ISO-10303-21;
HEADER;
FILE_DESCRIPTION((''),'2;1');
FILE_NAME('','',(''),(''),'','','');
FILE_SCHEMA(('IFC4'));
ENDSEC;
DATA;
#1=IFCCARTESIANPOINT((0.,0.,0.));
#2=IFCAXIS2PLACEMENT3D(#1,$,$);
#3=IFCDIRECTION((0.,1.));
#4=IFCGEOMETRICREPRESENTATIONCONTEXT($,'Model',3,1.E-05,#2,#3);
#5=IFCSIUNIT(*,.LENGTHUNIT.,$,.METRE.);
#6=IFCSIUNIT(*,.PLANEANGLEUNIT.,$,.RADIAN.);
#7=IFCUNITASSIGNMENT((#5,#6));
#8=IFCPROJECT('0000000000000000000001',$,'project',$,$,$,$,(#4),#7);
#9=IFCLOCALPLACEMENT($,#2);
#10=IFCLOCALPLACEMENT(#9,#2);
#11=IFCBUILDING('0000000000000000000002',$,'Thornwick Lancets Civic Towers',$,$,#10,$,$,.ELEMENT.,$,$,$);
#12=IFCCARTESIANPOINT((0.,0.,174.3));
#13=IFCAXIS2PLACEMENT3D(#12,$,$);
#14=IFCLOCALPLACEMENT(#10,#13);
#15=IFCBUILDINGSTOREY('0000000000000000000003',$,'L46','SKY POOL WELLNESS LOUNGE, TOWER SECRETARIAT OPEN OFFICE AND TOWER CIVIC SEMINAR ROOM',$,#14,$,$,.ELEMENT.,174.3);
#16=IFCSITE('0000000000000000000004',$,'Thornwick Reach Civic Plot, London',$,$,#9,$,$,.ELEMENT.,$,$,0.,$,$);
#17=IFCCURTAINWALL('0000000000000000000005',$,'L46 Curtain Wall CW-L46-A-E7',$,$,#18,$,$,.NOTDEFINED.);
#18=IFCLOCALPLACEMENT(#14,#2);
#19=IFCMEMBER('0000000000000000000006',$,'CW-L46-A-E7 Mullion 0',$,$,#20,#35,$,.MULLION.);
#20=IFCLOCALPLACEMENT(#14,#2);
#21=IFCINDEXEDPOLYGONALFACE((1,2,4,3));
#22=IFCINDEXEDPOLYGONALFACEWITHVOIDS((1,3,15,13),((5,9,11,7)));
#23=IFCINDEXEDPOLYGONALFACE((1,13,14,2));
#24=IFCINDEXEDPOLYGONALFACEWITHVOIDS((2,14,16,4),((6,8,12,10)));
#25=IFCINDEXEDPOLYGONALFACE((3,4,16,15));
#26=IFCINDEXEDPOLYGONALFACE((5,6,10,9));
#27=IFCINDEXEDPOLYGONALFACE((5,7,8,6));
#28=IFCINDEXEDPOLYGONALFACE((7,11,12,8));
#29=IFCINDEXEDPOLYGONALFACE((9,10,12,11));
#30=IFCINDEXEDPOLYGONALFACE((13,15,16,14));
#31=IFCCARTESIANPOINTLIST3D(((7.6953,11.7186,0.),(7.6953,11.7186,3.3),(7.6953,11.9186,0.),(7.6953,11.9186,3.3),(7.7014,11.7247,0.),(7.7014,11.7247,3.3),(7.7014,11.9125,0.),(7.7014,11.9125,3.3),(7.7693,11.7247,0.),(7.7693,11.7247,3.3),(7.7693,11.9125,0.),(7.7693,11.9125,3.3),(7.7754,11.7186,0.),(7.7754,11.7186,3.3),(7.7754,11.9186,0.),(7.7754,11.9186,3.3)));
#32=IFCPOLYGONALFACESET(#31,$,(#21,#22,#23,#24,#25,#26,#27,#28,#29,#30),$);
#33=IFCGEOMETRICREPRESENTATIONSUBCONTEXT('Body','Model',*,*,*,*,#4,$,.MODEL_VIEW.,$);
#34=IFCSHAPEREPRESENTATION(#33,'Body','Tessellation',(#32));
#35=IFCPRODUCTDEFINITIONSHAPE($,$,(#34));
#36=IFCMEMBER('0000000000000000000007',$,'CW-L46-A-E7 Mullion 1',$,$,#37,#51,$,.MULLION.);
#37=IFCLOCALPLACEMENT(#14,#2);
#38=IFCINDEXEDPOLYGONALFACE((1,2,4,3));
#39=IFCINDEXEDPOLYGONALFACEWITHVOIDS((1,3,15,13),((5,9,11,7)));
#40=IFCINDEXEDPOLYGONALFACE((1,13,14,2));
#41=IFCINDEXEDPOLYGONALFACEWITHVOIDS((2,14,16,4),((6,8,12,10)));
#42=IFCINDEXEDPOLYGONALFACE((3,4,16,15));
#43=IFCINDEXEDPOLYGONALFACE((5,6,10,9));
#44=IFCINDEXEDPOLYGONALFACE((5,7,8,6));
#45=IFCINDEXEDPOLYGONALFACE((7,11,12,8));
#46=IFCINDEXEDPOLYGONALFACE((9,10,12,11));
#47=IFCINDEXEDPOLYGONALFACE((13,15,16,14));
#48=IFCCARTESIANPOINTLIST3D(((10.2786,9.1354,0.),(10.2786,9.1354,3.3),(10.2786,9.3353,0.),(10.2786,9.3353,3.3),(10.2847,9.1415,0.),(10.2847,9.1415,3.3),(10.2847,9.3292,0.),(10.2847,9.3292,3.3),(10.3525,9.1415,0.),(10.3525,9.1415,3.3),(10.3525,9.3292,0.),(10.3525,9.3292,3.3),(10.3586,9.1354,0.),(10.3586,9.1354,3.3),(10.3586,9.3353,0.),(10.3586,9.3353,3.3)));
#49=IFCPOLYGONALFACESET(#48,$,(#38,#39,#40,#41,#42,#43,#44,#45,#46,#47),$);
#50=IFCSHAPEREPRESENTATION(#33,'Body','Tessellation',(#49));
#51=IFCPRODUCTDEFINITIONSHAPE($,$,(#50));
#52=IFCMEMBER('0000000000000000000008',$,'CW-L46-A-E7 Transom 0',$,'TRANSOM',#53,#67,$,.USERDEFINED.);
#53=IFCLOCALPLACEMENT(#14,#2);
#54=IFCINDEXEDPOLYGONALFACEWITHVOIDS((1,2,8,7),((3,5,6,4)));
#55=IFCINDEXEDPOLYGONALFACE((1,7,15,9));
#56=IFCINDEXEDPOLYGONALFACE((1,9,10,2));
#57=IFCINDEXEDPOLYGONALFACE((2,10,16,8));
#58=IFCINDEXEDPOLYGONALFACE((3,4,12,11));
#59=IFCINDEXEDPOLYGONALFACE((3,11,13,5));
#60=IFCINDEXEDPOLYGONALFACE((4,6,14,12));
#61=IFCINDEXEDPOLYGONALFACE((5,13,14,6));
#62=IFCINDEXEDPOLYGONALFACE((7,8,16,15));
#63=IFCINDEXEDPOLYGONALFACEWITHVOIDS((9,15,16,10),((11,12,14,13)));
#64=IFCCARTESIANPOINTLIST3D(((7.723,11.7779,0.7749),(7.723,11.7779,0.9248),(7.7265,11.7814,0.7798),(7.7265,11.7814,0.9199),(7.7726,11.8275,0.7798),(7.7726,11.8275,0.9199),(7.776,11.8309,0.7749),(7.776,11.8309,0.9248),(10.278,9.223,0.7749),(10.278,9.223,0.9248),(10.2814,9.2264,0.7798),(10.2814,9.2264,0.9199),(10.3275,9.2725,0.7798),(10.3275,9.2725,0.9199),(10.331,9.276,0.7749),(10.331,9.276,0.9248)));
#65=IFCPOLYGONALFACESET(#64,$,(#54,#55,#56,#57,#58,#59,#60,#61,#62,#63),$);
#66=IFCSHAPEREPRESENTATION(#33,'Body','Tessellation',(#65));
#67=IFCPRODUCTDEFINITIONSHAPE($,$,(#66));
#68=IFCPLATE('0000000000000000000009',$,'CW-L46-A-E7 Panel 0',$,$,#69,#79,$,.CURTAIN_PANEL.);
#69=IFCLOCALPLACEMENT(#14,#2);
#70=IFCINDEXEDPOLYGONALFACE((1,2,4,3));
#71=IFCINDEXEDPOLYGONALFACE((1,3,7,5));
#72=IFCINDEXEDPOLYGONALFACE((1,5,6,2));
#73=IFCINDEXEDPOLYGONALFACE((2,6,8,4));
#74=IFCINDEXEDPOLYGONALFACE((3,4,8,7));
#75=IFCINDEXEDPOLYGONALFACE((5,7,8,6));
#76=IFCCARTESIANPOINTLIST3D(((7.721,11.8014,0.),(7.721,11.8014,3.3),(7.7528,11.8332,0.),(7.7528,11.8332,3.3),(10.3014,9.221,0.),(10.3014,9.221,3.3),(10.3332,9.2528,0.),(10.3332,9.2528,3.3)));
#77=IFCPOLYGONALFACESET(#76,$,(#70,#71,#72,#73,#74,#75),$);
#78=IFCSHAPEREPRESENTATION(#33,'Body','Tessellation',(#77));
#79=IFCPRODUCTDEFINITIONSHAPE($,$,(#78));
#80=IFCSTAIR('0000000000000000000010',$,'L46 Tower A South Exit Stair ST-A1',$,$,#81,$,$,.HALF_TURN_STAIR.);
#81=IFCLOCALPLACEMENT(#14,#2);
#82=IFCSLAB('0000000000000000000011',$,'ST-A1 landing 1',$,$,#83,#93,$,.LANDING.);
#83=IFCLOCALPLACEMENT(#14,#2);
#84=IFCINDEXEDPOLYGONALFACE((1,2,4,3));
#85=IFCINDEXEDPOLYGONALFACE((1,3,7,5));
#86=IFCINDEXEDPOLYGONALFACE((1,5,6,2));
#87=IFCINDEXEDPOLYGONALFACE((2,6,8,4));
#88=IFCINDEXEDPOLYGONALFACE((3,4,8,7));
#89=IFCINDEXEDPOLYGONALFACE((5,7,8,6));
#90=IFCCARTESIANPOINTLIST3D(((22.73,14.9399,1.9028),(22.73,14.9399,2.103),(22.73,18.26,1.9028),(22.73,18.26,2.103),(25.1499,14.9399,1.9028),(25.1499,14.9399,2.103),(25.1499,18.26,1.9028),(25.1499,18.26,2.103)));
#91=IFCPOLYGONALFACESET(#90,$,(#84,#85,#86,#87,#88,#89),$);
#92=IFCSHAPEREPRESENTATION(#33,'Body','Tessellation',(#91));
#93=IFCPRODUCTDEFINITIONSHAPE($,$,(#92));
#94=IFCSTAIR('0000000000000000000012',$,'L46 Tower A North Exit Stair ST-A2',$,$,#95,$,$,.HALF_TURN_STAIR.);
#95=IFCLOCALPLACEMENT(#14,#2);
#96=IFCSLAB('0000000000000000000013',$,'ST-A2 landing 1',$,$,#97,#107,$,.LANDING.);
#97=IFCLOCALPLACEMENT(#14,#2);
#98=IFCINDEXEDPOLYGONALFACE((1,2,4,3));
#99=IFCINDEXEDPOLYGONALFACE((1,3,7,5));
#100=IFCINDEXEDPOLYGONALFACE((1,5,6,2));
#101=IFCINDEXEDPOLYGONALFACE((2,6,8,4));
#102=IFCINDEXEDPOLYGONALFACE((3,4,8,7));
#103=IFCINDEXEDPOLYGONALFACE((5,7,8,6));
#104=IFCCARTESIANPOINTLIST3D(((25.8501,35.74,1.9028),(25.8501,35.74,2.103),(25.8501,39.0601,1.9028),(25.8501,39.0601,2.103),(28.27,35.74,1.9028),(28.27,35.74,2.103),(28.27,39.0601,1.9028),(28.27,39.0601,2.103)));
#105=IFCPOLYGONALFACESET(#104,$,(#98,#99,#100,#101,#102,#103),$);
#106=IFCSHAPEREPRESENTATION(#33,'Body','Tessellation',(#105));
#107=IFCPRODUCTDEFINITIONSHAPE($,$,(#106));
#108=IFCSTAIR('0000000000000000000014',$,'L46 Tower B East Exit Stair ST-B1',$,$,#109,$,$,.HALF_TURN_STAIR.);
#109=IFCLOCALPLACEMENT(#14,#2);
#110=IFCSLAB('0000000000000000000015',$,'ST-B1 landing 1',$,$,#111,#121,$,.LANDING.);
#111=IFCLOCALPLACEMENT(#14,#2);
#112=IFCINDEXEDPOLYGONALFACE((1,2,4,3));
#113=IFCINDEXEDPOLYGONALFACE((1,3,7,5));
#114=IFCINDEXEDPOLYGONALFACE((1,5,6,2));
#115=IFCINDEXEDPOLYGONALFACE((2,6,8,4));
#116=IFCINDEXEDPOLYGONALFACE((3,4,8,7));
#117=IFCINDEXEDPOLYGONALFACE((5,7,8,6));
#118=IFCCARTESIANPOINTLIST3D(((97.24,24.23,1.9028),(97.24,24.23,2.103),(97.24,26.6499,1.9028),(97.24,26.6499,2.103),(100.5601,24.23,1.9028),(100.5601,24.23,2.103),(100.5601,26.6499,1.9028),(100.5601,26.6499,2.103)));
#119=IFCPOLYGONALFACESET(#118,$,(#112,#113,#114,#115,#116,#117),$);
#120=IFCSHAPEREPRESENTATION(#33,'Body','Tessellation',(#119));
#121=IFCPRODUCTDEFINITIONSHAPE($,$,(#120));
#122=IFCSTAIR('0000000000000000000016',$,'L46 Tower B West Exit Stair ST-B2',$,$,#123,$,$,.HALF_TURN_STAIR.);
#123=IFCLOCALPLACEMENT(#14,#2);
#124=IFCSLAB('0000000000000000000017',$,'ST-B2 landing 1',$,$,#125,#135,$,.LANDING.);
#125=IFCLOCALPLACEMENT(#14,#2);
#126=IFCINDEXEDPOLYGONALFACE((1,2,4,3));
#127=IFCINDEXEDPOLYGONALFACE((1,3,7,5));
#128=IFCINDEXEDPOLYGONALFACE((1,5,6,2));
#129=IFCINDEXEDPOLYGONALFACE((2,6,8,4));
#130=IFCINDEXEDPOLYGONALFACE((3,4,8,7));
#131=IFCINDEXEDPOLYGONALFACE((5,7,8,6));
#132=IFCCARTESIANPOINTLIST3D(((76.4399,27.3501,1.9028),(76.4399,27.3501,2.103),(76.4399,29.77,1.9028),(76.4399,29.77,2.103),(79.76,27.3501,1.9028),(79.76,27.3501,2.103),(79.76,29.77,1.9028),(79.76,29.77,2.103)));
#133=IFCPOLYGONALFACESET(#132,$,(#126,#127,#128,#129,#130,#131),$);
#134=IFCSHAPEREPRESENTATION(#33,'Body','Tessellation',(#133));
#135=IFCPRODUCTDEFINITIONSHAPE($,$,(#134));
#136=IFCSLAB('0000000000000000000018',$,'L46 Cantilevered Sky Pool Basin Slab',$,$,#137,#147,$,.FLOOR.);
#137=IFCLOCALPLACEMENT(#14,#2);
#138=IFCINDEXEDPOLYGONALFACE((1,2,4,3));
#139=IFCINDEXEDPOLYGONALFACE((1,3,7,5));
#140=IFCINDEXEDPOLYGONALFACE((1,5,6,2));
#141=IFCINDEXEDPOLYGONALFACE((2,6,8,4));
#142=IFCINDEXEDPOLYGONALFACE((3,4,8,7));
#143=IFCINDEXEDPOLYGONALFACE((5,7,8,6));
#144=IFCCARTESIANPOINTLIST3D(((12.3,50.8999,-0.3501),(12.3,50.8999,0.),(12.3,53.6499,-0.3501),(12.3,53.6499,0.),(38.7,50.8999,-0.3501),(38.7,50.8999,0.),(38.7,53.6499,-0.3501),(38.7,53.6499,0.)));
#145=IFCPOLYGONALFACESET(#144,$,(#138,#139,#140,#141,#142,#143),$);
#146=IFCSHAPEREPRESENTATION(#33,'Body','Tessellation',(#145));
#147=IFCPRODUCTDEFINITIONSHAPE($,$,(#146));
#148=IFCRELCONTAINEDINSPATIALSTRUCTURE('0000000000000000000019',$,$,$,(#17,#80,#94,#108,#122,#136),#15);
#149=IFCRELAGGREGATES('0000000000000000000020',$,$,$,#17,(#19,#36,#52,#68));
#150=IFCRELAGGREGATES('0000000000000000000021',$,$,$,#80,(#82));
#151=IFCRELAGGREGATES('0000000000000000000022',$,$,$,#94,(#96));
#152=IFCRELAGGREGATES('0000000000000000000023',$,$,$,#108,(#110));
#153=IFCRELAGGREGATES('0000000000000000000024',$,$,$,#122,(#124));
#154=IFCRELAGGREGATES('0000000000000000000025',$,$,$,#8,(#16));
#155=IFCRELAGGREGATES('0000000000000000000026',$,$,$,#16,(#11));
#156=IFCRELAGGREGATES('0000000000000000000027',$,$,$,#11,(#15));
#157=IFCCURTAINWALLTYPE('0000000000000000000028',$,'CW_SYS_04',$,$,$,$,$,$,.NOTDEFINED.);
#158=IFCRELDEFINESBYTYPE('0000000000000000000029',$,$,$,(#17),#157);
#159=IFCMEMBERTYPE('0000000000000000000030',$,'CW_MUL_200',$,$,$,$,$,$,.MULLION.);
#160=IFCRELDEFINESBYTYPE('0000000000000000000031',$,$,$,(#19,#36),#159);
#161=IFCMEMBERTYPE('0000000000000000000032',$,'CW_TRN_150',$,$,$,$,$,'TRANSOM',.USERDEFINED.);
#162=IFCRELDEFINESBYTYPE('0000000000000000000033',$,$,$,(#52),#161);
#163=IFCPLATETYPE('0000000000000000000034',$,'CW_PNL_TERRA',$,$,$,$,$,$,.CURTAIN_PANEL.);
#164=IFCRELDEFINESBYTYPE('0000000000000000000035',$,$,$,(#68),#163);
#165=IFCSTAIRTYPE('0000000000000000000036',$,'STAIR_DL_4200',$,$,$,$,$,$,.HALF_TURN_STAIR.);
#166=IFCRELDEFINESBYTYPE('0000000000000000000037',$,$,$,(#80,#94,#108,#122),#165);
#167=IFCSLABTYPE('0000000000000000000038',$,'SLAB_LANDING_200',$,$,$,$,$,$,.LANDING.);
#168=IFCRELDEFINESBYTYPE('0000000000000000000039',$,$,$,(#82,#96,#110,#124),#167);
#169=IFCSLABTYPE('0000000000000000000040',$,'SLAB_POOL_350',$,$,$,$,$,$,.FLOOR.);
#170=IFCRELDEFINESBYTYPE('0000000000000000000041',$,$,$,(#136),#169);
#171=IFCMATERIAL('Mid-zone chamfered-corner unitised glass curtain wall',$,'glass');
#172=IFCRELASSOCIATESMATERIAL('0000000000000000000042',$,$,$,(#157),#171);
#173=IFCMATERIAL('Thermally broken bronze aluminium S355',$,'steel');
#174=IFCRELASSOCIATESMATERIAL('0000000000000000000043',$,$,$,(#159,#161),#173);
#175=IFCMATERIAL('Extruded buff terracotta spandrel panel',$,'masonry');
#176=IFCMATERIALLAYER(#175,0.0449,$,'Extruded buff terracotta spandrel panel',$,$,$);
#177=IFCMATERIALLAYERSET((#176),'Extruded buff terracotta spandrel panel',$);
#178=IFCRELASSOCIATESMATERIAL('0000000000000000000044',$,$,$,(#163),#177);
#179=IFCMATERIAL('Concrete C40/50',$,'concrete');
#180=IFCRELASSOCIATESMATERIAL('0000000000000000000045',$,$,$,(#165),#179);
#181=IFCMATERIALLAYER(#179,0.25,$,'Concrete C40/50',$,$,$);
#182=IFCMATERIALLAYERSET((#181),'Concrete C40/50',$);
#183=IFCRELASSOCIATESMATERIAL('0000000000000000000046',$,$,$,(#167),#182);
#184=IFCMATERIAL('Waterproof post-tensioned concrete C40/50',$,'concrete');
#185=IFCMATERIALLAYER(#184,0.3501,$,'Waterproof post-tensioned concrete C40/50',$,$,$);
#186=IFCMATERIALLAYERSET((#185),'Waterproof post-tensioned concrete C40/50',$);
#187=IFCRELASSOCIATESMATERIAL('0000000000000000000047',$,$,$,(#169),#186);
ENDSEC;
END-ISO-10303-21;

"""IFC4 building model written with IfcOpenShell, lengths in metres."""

from ifc_helpers import new_model, si_unit, direction, frame, origin, origin_2d, place, context, subcontext, project, spatial, polyline, rectangle, hollow_rectangle, outline, extrude, material, layer, layer_set, material_profile, profile_set, type_object, element, aggregate, save


model = new_model("IFC4")

# Units and contexts
model_context = context("Model", 3, precision=1e-05, world=origin(), true_north=direction((0.0, 1.0)))
body_context = subcontext(model_context, "Body", "Model", "MODEL_VIEW")
ifc_project = project(units=[si_unit("LENGTHUNIT", "METRE"), si_unit("PLANEANGLEUNIT", "RADIAN")], contexts=[model_context])

# Site, building, storey
site_placement = place(None, origin())
site = spatial("IfcSite", under=ifc_project, at=site_placement, Name="Thornwick Reach Civic Plot, London", CompositionType="ELEMENT", RefElevation=0.0)
building_placement = place(site_placement, origin())
building = spatial("IfcBuilding", under=site, at=building_placement, Name="Thornwick Lancets Civic Towers", CompositionType="ELEMENT")
storey_placement = place(building_placement, frame((0.0, 0.0, 174.3)))
storey = spatial("IfcBuildingStorey", under=building, at=storey_placement, Name="L46", Description="SKY POOL WELLNESS LOUNGE, TOWER SECRETARIAT OPEN OFFICE AND TOWER CIVIC SEMINAR ROOM", CompositionType="ELEMENT", Elevation=174.3)

# Curtain wall, members, plate
ifc_material_1 = material(Name="Mid-zone chamfered-corner unitised glass curtain wall", Category="glass")
curtain_wall_type = type_object("IfcCurtainWallType", Name="CW_SYS_04", PredefinedType="NOTDEFINED", material=ifc_material_1)
curtain_wall_placement = place(storey_placement, origin())
curtain_wall = element("IfcCurtainWall", 1, at=curtain_wall_placement, inside=storey, type_object=curtain_wall_type, Name="L46 Curtain Wall CW-L46-A-E7", PredefinedType="NOTDEFINED")
ifc_material_2 = material(Name="Thermally broken bronze aluminium S355", Category="steel")
ifc_material_profile_1 = material_profile(ifc_material_2, hollow_rectangle(XDim=0.0801, YDim=0.2, WallThickness=0.0061, at=origin_2d()), Name="RHS 200x80x6")
ifc_profile_set_1 = profile_set([ifc_material_profile_1], Name="Thermally broken bronze aluminium S355")
member_type_1 = type_object("IfcMemberType", Name="CW_MUL_200", PredefinedType="MULLION", material=ifc_profile_set_1)
member_1_placement = place(storey_placement, frame((7.7354, 11.8186, 0.0), z_axis=(0.0, 0.0, 1.0), x_axis=(1.0, 0.0, 0.0)))
member_1 = element("IfcMember", 2, at=member_1_placement, type_object=member_type_1, Name="CW-L46-A-E7 Mullion 0", PredefinedType="MULLION", context=body_context, shape_type="SweptSolid", body=[
    extrude(hollow_rectangle(XDim=0.0801, YDim=0.2, WallThickness=0.0061, at=origin_2d()), origin(), (0.0, 0.0, 1.0), 3.3),
])
member_2_placement = place(storey_placement, frame((10.3186, 9.2354, 0.0), z_axis=(0.0, 0.0, 1.0), x_axis=(1.0, 0.0, 0.0)))
member_2 = element("IfcMember", 3, at=member_2_placement, type_object=member_type_1, Name="CW-L46-A-E7 Mullion 1", PredefinedType="MULLION", context=body_context, shape_type="SweptSolid", body=[
    extrude(hollow_rectangle(XDim=0.0801, YDim=0.2, WallThickness=0.0061, at=origin_2d()), origin(), (0.0, 0.0, 1.0), 3.3),
])
ifc_material_profile_2 = material_profile(ifc_material_2, hollow_rectangle(XDim=0.075, YDim=0.1499, WallThickness=0.0049, at=origin_2d()), Name="RHS 150x75x5")
ifc_profile_set_2 = profile_set([ifc_material_profile_2], Name="Thermally broken bronze aluminium S355")
member_type_2 = type_object("IfcMemberType", Name="CW_TRN_150", ElementType="TRANSOM", PredefinedType="USERDEFINED", material=ifc_profile_set_2)
member_3_placement = place(storey_placement, frame((7.7495, 11.8044, 0.8499), z_axis=(0.707107, -0.707107, 0.0), x_axis=(0.707107, 0.707107, 0.0)))
member_3 = element("IfcMember", 4, at=member_3_placement, type_object=member_type_2, Name="CW-L46-A-E7 Transom 0", ObjectType="TRANSOM", PredefinedType="USERDEFINED", context=body_context, shape_type="SweptSolid", body=[
    extrude(hollow_rectangle(XDim=0.075, YDim=0.1499, WallThickness=0.0049, at=origin_2d()), origin(), (0.0, 0.0, 1.0), 3.6133),
])
ifc_material_3 = material(Name="Extruded buff terracotta spandrel panel", Category="masonry")
ifc_layer_1 = layer(ifc_material_3, 0.0449, Name="Extruded buff terracotta spandrel panel")
ifc_layer_set_1 = layer_set([ifc_layer_1], Name="Extruded buff terracotta spandrel panel")
plate_type = type_object("IfcPlateType", Name="CW_PNL_TERRA", PredefinedType="CURTAIN_PANEL", material=ifc_layer_set_1)
plate_placement = place(storey_placement, frame((9.0271, 10.5271, 0.0), z_axis=(0.0, 0.0, 1.0), x_axis=(0.707107, -0.707107, 0.0)))
plate = element("IfcPlate", 5, at=plate_placement, type_object=plate_type, Name="CW-L46-A-E7 Panel 0", PredefinedType="CURTAIN_PANEL", context=body_context, shape_type="SweptSolid", body=[
    extrude(rectangle(XDim=3.6492, YDim=0.0449, at=origin_2d()), origin(), (0.0, 0.0, 1.0), 3.3),
])
aggregate(curtain_wall, [member_1, member_2, member_3, plate])

# Stairs, slabs
ifc_material_4 = material(Name="Concrete C40/50", Category="concrete")
stair_type = type_object("IfcStairType", Name="STAIR_DL_4200", PredefinedType="HALF_TURN_STAIR", material=ifc_material_4)
stair_1_placement = place(storey_placement, origin())
stair_1 = element("IfcStair", 6, at=stair_1_placement, inside=storey, type_object=stair_type, Name="L46 Tower A South Exit Stair ST-A1", PredefinedType="HALF_TURN_STAIR")
ifc_layer_2 = layer(ifc_material_4, 0.25, Name="Concrete C40/50")
ifc_layer_set_2 = layer_set([ifc_layer_2], Name="Concrete C40/50")
slab_type_1 = type_object("IfcSlabType", Name="SLAB_LANDING_200", PredefinedType="LANDING", material=ifc_layer_set_2)
slab_1_placement = place(storey_placement, frame((0.0, 0.0, 1.9028)))
slab_1 = element("IfcSlab", 7, at=slab_1_placement, type_object=slab_type_1, Name="ST-A1 landing 1", PredefinedType="LANDING", context=body_context, shape_type="SweptSolid", body=[
    extrude(outline(polyline([(22.73, 14.9399), (25.1499, 14.9399), (25.1499, 18.26), (22.73, 18.26), (22.73, 14.9399)])), origin(), (0.0, 0.0, 1.0), 0.2002),
])
aggregate(stair_1, [slab_1])
stair_2_placement = place(storey_placement, origin())
stair_2 = element("IfcStair", 8, at=stair_2_placement, inside=storey, type_object=stair_type, Name="L46 Tower A North Exit Stair ST-A2", PredefinedType="HALF_TURN_STAIR")
slab_2_placement = place(storey_placement, frame((0.0, 0.0, 1.9028)))
slab_2 = element("IfcSlab", 9, at=slab_2_placement, type_object=slab_type_1, Name="ST-A2 landing 1", PredefinedType="LANDING", context=body_context, shape_type="SweptSolid", body=[
    extrude(outline(polyline([(28.27, 39.0601), (25.8501, 39.0601), (25.8501, 35.74), (28.27, 35.74), (28.27, 39.0601)])), origin(), (0.0, 0.0, 1.0), 0.2002),
])
aggregate(stair_2, [slab_2])
stair_3_placement = place(storey_placement, origin())
stair_3 = element("IfcStair", 10, at=stair_3_placement, inside=storey, type_object=stair_type, Name="L46 Tower B East Exit Stair ST-B1", PredefinedType="HALF_TURN_STAIR")
slab_3_placement = place(storey_placement, frame((0.0, 0.0, 1.9028)))
slab_3 = element("IfcSlab", 11, at=slab_3_placement, type_object=slab_type_1, Name="ST-B1 landing 1", PredefinedType="LANDING", context=body_context, shape_type="SweptSolid", body=[
    extrude(outline(polyline([(100.5601, 24.23), (100.5601, 26.6499), (97.24, 26.6499), (97.24, 24.23), (100.5601, 24.23)])), origin(), (0.0, 0.0, 1.0), 0.2002),
])
aggregate(stair_3, [slab_3])
stair_4_placement = place(storey_placement, origin())
stair_4 = element("IfcStair", 12, at=stair_4_placement, inside=storey, type_object=stair_type, Name="L46 Tower B West Exit Stair ST-B2", PredefinedType="HALF_TURN_STAIR")
slab_4_placement = place(storey_placement, frame((0.0, 0.0, 1.9028)))
slab_4 = element("IfcSlab", 13, at=slab_4_placement, type_object=slab_type_1, Name="ST-B2 landing 1", PredefinedType="LANDING", context=body_context, shape_type="SweptSolid", body=[
    extrude(outline(polyline([(76.4399, 29.77), (76.4399, 27.3501), (79.76, 27.3501), (79.76, 29.77), (76.4399, 29.77)])), origin(), (0.0, 0.0, 1.0), 0.2002),
])
aggregate(stair_4, [slab_4])

# Slab
ifc_material_5 = material(Name="Waterproof post-tensioned concrete C40/50", Category="concrete")
ifc_layer_3 = layer(ifc_material_5, 0.3501, Name="Waterproof post-tensioned concrete C40/50")
ifc_layer_set_3 = layer_set([ifc_layer_3], Name="Waterproof post-tensioned concrete C40/50")
slab_type_2 = type_object("IfcSlabType", Name="SLAB_POOL_350", PredefinedType="FLOOR", material=ifc_layer_set_3)
slab_5_placement = place(storey_placement, frame((0.0, 0.0, -0.3501)))
element("IfcSlab", 14, at=slab_5_placement, inside=storey, type_object=slab_type_2, Name="L46 Cantilevered Sky Pool Basin Slab", PredefinedType="FLOOR", context=body_context, shape_type="SweptSolid", body=[
    extrude(outline(polyline([(12.3, 50.8999), (38.7, 50.8999), (38.7, 53.6499), (12.3, 53.6499), (12.3, 50.8999)])), origin(), (0.0, 0.0, 1.0), 0.3501),
])

save(model, "model.ifc")
